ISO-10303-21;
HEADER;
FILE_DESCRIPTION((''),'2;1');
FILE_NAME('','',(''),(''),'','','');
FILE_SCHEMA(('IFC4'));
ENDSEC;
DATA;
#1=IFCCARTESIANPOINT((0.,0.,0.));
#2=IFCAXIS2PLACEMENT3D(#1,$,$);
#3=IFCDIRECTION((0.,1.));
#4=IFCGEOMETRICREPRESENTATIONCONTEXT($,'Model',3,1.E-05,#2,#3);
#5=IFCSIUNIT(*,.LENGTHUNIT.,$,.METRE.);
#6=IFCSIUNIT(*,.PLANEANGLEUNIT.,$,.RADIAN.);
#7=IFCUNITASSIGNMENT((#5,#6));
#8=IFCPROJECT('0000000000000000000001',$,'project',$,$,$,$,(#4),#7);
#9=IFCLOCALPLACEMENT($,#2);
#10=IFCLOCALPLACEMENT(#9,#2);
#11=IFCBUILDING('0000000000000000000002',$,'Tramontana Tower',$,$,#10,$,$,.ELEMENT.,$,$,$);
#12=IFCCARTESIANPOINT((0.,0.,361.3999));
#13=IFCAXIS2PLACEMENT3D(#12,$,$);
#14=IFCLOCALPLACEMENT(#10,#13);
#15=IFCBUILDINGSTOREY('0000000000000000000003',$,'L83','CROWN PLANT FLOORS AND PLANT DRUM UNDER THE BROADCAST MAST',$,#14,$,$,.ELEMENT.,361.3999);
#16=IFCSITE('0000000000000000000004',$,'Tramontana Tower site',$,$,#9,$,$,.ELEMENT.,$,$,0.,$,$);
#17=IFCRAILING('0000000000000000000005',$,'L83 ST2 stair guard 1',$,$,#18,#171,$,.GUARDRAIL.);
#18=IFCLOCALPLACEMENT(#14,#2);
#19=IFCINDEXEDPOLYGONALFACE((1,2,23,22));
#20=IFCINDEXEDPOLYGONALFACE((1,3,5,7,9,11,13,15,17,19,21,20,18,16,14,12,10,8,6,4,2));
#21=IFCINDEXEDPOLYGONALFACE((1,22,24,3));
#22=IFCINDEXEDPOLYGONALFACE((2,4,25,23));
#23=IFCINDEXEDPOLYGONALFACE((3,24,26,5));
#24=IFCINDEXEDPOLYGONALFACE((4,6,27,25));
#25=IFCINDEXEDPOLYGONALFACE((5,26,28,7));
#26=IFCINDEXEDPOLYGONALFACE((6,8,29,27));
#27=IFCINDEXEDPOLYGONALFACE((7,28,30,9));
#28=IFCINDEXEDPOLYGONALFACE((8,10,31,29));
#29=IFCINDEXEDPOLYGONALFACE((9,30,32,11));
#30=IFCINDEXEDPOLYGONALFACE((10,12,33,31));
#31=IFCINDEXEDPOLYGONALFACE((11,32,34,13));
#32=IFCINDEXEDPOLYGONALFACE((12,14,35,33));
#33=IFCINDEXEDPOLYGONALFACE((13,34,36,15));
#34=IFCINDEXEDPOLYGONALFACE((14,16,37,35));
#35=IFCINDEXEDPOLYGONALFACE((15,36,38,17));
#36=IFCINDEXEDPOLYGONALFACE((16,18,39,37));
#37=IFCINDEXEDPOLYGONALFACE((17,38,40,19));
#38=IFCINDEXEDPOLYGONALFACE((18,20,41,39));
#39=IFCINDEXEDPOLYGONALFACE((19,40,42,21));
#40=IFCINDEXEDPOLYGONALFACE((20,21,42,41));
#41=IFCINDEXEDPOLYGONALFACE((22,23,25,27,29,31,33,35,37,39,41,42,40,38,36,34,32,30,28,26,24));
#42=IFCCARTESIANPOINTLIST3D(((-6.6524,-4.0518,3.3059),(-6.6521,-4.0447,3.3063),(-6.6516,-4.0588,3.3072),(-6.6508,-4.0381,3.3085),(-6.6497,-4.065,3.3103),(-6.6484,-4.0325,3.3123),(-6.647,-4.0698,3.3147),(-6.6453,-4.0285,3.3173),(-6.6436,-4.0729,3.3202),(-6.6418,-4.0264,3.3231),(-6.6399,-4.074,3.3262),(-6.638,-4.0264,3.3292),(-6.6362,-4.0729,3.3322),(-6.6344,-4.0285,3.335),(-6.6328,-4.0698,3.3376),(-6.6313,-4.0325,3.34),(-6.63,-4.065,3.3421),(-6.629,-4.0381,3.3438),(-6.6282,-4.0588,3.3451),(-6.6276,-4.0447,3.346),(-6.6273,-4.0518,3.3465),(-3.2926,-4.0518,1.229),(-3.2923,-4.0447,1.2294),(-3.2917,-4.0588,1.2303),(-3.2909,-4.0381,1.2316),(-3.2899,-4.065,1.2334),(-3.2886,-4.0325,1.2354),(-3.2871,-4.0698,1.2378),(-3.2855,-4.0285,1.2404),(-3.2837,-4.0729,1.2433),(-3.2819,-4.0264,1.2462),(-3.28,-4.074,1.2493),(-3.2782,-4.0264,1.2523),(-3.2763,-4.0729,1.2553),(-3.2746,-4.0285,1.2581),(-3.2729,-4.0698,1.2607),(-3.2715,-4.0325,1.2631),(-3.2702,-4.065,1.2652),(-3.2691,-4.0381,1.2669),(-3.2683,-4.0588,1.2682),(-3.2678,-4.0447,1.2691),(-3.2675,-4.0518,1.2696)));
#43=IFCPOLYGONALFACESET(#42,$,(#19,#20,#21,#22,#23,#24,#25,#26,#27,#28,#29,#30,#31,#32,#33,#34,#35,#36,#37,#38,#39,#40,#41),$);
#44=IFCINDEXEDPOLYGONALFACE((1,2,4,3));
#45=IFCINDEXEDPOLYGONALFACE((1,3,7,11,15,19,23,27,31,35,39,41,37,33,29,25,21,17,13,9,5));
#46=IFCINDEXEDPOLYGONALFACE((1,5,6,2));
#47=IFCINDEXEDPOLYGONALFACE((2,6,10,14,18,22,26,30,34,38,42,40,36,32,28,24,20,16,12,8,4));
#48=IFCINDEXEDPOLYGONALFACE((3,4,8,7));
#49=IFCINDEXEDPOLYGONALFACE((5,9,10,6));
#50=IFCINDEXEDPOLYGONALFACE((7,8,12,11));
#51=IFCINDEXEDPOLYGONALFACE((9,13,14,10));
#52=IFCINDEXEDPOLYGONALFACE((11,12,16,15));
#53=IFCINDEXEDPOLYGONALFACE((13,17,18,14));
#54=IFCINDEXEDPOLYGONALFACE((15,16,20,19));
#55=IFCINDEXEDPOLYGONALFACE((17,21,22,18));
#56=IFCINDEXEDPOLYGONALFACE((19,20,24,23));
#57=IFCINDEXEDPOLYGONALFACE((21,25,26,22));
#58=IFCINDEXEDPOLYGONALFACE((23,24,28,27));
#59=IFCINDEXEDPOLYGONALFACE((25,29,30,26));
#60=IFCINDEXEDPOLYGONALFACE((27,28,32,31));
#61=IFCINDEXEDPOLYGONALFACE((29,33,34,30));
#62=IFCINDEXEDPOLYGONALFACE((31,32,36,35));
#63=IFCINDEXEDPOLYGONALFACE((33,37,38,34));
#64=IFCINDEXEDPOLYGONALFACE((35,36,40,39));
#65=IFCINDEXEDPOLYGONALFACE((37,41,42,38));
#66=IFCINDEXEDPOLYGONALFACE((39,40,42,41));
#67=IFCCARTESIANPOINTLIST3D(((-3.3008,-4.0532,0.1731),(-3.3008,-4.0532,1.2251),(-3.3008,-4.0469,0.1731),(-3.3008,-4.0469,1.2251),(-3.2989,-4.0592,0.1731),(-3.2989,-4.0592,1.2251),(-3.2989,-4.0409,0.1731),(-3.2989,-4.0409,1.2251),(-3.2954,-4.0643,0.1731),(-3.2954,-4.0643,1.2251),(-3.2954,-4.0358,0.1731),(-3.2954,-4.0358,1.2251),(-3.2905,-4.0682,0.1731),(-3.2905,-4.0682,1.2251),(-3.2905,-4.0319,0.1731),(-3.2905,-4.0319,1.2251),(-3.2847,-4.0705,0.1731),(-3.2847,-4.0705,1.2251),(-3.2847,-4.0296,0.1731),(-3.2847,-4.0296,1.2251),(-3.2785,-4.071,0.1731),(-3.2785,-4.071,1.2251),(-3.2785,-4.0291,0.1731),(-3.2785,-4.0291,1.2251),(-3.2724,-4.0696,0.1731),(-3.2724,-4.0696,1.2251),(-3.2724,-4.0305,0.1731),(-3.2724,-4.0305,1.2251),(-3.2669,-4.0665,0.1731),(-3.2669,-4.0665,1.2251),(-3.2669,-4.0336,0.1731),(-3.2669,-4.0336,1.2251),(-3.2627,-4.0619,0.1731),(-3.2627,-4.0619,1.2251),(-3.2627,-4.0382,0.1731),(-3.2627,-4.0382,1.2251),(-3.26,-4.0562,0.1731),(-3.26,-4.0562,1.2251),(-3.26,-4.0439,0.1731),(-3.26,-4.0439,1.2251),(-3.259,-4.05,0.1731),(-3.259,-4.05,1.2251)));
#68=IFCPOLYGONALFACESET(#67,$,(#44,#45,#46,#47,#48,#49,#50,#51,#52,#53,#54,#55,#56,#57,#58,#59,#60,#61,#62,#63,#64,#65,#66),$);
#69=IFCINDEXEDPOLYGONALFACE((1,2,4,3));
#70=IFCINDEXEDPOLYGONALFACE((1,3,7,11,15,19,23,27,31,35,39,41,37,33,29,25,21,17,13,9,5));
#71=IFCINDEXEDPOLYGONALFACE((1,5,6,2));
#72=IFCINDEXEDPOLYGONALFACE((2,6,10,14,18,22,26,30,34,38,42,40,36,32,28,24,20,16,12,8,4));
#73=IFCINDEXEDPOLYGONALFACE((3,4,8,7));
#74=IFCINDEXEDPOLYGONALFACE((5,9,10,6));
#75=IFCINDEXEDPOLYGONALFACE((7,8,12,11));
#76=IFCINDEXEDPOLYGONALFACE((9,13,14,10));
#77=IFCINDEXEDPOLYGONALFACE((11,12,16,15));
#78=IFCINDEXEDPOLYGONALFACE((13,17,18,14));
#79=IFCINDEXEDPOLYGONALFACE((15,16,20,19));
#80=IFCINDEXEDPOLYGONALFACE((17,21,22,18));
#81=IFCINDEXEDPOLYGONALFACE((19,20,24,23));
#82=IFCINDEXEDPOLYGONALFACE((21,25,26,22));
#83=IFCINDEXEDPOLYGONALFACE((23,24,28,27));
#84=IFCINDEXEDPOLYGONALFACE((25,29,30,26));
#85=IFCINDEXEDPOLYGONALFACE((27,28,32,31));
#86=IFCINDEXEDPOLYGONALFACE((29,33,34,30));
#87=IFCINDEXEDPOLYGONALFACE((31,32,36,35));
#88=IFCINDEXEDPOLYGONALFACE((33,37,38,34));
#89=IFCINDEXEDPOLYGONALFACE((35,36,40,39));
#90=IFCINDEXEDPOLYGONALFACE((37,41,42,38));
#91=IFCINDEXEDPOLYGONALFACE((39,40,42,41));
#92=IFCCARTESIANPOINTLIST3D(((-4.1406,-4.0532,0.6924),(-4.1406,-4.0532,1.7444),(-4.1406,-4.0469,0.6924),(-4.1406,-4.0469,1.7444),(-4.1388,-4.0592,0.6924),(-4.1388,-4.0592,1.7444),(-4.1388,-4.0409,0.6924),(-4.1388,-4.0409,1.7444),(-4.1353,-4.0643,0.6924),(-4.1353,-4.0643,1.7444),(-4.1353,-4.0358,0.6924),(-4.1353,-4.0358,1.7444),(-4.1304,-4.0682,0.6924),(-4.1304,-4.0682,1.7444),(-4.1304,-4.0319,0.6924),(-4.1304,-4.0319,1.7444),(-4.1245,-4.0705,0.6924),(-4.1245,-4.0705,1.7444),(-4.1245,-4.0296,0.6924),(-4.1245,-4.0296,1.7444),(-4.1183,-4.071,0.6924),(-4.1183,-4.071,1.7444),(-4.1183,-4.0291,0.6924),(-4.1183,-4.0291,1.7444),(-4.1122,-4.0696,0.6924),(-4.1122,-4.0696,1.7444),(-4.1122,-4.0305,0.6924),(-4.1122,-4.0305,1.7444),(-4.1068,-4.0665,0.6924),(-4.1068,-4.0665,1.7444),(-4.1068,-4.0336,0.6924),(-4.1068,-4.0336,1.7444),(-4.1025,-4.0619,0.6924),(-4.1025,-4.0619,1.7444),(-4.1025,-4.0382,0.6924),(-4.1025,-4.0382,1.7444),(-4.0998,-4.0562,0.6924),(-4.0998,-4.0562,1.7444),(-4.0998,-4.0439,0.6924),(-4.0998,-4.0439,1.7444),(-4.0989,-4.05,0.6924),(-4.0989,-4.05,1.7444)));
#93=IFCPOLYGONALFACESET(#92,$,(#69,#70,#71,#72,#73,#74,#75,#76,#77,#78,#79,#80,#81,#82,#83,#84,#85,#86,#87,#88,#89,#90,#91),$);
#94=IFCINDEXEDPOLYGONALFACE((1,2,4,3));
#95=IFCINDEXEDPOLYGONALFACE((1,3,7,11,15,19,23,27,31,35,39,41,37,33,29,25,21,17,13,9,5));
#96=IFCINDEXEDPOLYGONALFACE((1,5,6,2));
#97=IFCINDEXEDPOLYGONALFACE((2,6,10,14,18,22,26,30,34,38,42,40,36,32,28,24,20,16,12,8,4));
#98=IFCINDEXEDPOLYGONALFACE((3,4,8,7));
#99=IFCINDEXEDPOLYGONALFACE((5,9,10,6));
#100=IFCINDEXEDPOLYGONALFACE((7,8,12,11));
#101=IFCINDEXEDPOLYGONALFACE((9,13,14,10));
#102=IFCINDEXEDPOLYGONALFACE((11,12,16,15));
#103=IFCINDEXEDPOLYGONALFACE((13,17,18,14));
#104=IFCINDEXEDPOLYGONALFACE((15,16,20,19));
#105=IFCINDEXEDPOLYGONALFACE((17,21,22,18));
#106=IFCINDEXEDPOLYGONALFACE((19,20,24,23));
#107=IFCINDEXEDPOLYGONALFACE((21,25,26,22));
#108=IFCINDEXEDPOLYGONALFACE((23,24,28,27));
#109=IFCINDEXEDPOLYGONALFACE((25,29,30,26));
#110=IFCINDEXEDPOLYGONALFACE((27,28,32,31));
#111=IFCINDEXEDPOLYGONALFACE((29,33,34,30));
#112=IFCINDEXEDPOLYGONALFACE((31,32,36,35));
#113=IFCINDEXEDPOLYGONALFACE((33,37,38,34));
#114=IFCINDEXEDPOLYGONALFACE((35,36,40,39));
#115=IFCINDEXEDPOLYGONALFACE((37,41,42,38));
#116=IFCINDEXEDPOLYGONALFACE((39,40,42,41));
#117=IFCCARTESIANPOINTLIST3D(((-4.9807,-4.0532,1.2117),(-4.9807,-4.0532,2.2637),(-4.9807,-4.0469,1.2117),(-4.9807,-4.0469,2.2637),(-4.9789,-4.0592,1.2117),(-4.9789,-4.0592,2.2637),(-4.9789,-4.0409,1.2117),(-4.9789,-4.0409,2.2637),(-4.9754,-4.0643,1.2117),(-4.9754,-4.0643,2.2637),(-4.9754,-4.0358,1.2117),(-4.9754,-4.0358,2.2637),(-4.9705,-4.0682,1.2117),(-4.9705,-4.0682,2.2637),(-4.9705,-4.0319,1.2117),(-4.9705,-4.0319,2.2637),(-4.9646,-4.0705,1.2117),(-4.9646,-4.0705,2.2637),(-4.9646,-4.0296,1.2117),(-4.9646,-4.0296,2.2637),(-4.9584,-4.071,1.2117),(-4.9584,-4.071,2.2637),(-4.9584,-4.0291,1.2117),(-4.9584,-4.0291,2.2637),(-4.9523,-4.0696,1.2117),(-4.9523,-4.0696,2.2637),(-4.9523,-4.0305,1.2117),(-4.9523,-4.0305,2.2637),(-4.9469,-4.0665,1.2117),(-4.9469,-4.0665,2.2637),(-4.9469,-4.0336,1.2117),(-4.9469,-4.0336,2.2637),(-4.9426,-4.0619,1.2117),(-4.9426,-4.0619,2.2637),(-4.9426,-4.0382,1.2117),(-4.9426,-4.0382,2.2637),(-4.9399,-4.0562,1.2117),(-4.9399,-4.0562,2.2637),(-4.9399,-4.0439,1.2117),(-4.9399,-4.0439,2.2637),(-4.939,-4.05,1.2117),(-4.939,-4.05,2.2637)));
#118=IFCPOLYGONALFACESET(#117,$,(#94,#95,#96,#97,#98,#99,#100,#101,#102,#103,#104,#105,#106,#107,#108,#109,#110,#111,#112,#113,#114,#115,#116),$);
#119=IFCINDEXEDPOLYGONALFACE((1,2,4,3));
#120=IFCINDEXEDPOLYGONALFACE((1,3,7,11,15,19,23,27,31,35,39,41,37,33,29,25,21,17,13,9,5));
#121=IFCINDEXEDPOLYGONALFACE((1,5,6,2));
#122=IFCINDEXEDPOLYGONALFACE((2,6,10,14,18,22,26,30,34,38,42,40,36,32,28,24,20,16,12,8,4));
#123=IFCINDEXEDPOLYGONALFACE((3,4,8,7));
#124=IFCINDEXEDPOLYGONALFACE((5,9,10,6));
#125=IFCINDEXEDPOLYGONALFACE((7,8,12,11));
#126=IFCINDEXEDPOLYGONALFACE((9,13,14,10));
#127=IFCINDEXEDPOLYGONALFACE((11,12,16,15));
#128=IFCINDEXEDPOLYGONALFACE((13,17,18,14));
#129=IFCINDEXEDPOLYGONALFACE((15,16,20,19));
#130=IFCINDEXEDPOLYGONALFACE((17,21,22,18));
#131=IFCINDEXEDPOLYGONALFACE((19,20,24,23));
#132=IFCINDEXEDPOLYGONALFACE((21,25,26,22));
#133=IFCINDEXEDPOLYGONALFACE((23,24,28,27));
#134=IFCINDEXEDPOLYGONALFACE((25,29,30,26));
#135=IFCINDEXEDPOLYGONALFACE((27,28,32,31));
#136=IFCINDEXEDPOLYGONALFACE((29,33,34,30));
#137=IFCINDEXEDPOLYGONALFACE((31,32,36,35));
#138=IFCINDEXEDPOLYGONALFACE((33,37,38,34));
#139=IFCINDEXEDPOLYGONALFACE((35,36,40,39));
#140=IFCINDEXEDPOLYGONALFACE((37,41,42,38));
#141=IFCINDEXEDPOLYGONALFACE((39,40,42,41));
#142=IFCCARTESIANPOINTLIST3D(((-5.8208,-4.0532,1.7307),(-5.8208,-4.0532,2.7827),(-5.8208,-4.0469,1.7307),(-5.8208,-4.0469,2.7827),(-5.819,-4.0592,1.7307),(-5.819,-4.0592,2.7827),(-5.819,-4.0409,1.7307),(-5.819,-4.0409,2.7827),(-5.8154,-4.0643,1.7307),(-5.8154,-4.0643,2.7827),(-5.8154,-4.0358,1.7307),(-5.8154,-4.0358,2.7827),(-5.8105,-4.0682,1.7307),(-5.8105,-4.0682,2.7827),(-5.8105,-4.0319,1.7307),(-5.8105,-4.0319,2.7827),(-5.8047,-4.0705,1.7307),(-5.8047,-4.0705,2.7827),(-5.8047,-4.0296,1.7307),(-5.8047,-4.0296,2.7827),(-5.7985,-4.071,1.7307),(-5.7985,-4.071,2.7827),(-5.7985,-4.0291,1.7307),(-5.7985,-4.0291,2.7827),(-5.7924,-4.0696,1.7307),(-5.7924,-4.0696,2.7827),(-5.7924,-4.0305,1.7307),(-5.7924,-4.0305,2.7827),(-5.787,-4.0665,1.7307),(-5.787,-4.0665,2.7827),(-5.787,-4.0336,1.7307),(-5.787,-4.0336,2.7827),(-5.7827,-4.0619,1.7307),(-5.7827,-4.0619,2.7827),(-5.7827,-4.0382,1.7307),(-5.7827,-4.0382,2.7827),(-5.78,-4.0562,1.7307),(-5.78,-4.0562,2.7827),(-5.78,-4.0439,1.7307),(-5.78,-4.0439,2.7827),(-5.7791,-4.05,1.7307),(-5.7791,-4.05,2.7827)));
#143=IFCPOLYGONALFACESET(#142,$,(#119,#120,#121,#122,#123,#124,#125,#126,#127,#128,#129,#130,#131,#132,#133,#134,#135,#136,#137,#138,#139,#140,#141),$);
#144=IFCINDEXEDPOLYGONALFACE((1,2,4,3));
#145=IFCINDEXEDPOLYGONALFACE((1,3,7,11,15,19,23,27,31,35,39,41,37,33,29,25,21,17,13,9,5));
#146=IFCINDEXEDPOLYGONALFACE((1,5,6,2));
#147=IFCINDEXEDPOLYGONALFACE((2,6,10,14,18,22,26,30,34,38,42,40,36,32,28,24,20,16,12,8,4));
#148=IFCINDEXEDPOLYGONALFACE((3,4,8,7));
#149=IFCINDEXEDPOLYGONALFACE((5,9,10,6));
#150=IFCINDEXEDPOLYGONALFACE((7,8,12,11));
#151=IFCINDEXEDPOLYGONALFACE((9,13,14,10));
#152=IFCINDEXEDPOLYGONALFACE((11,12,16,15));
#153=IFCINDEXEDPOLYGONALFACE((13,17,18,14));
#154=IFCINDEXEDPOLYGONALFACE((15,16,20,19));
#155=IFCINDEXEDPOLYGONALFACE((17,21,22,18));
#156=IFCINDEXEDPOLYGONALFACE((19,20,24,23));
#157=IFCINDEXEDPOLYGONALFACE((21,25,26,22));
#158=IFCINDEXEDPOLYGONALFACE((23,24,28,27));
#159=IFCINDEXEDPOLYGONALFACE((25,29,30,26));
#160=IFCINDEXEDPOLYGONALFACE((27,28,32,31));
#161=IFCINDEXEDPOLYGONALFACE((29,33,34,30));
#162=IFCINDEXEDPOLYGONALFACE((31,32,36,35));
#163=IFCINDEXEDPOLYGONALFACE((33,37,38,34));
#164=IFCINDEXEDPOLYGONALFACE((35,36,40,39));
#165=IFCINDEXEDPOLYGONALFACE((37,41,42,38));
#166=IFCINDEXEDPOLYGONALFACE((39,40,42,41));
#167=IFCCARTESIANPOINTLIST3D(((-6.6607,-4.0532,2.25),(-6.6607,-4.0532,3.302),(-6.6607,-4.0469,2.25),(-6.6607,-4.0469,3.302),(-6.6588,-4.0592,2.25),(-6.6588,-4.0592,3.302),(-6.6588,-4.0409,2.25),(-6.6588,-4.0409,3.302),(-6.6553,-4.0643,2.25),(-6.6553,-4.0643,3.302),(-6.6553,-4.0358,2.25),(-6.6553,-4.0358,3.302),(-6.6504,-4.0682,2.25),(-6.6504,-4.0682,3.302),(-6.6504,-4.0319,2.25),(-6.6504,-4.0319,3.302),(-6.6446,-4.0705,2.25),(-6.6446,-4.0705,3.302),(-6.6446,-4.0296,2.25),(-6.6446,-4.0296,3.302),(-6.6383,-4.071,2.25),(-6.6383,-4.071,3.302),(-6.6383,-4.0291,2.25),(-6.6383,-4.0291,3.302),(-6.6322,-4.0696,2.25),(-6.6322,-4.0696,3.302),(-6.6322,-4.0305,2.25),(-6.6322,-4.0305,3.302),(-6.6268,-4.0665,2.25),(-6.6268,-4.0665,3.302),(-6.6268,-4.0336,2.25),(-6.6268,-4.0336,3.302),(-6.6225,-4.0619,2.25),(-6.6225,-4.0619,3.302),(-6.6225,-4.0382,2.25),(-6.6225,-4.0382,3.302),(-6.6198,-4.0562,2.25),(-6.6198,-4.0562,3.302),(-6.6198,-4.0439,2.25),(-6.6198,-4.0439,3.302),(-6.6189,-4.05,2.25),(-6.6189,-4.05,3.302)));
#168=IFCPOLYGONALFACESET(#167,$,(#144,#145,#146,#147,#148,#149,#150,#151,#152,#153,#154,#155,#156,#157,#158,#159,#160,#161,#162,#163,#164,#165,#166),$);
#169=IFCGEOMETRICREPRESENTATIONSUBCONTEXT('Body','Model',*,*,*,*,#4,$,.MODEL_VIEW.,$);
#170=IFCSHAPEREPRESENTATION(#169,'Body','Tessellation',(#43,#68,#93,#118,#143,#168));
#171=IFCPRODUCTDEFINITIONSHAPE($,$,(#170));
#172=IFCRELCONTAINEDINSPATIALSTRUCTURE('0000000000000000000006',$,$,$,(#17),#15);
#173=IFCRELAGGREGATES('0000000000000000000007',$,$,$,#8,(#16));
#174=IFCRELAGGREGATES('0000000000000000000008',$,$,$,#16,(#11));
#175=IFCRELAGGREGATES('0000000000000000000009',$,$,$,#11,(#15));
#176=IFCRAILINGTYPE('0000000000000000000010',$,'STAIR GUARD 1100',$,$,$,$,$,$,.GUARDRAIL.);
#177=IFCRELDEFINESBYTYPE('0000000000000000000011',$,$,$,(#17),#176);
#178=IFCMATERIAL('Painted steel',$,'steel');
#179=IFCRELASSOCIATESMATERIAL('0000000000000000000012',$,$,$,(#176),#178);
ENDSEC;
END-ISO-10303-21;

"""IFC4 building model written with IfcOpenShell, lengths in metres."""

from ifc_helpers import new_model, si_unit, direction, frame, origin, origin_2d, place, context, subcontext, project, spatial, circle, extrude, material, type_object, element, save


model = new_model("IFC4")

# Units and contexts
model_context = context("Model", 3, precision=1e-05, world=origin(), true_north=direction((0.0, 1.0)))
body_context = subcontext(model_context, "Body", "Model", "MODEL_VIEW")
ifc_project = project(units=[si_unit("LENGTHUNIT", "METRE"), si_unit("PLANEANGLEUNIT", "RADIAN")], contexts=[model_context])

# Site, building, storey
site_placement = place(None, origin())
site = spatial("IfcSite", under=ifc_project, at=site_placement, Name="Tramontana Tower site", CompositionType="ELEMENT", RefElevation=0.0)
building_placement = place(site_placement, origin())
building = spatial("IfcBuilding", under=site, at=building_placement, Name="Tramontana Tower", CompositionType="ELEMENT")
storey_placement = place(building_placement, frame((0.0, 0.0, 361.3999)))
storey = spatial("IfcBuildingStorey", under=building, at=storey_placement, Name="L83", Description="CROWN PLANT FLOORS AND PLANT DRUM UNDER THE BROADCAST MAST", CompositionType="ELEMENT", Elevation=361.3999)

# Railing
ifc_material_1 = material(Name="Painted steel", Category="steel")
railing_type_1 = type_object("IfcRailingType", Name="STAIR GUARD 1100", PredefinedType="GUARDRAIL", material=ifc_material_1)
railing_1_placement = place(storey_placement, frame((-3.28, -4.05, 0.1731)))
element("IfcRailing", 1, at=railing_1_placement, inside=storey, type_object=railing_type_1, Name="L83 ST2 stair guard 1", PredefinedType="GUARDRAIL", context=body_context, shape_type="SweptSolid", body=[
    extrude(circle(Radius=0.0239, at=origin_2d()), frame((0.0, 0.0, 1.0762), z_axis=(-0.850606, 0.0, 0.525803), x_axis=(0.0, -1.0, 0.0)), (0.0, 0.0, 1.0), 3.95),
    extrude(circle(Radius=0.021, at=origin_2d()), origin(), (0.0, 0.0, 1.0), 1.052),
    extrude(circle(Radius=0.021, at=origin_2d()), frame((-0.8398, 0.0, 0.5193)), (0.0, 0.0, 1.0), 1.052),
    extrude(circle(Radius=0.021, at=origin_2d()), frame((-1.6799, 0.0, 1.0386)), (0.0, 0.0, 1.0), 1.052),
    extrude(circle(Radius=0.021, at=origin_2d()), frame((-2.52, 0.0, 1.5576)), (0.0, 0.0, 1.0), 1.052),
    extrude(circle(Radius=0.021, at=origin_2d()), frame((-3.3599, 0.0, 2.0769)), (0.0, 0.0, 1.0), 1.052),
])

save(model, "model.ifc")
